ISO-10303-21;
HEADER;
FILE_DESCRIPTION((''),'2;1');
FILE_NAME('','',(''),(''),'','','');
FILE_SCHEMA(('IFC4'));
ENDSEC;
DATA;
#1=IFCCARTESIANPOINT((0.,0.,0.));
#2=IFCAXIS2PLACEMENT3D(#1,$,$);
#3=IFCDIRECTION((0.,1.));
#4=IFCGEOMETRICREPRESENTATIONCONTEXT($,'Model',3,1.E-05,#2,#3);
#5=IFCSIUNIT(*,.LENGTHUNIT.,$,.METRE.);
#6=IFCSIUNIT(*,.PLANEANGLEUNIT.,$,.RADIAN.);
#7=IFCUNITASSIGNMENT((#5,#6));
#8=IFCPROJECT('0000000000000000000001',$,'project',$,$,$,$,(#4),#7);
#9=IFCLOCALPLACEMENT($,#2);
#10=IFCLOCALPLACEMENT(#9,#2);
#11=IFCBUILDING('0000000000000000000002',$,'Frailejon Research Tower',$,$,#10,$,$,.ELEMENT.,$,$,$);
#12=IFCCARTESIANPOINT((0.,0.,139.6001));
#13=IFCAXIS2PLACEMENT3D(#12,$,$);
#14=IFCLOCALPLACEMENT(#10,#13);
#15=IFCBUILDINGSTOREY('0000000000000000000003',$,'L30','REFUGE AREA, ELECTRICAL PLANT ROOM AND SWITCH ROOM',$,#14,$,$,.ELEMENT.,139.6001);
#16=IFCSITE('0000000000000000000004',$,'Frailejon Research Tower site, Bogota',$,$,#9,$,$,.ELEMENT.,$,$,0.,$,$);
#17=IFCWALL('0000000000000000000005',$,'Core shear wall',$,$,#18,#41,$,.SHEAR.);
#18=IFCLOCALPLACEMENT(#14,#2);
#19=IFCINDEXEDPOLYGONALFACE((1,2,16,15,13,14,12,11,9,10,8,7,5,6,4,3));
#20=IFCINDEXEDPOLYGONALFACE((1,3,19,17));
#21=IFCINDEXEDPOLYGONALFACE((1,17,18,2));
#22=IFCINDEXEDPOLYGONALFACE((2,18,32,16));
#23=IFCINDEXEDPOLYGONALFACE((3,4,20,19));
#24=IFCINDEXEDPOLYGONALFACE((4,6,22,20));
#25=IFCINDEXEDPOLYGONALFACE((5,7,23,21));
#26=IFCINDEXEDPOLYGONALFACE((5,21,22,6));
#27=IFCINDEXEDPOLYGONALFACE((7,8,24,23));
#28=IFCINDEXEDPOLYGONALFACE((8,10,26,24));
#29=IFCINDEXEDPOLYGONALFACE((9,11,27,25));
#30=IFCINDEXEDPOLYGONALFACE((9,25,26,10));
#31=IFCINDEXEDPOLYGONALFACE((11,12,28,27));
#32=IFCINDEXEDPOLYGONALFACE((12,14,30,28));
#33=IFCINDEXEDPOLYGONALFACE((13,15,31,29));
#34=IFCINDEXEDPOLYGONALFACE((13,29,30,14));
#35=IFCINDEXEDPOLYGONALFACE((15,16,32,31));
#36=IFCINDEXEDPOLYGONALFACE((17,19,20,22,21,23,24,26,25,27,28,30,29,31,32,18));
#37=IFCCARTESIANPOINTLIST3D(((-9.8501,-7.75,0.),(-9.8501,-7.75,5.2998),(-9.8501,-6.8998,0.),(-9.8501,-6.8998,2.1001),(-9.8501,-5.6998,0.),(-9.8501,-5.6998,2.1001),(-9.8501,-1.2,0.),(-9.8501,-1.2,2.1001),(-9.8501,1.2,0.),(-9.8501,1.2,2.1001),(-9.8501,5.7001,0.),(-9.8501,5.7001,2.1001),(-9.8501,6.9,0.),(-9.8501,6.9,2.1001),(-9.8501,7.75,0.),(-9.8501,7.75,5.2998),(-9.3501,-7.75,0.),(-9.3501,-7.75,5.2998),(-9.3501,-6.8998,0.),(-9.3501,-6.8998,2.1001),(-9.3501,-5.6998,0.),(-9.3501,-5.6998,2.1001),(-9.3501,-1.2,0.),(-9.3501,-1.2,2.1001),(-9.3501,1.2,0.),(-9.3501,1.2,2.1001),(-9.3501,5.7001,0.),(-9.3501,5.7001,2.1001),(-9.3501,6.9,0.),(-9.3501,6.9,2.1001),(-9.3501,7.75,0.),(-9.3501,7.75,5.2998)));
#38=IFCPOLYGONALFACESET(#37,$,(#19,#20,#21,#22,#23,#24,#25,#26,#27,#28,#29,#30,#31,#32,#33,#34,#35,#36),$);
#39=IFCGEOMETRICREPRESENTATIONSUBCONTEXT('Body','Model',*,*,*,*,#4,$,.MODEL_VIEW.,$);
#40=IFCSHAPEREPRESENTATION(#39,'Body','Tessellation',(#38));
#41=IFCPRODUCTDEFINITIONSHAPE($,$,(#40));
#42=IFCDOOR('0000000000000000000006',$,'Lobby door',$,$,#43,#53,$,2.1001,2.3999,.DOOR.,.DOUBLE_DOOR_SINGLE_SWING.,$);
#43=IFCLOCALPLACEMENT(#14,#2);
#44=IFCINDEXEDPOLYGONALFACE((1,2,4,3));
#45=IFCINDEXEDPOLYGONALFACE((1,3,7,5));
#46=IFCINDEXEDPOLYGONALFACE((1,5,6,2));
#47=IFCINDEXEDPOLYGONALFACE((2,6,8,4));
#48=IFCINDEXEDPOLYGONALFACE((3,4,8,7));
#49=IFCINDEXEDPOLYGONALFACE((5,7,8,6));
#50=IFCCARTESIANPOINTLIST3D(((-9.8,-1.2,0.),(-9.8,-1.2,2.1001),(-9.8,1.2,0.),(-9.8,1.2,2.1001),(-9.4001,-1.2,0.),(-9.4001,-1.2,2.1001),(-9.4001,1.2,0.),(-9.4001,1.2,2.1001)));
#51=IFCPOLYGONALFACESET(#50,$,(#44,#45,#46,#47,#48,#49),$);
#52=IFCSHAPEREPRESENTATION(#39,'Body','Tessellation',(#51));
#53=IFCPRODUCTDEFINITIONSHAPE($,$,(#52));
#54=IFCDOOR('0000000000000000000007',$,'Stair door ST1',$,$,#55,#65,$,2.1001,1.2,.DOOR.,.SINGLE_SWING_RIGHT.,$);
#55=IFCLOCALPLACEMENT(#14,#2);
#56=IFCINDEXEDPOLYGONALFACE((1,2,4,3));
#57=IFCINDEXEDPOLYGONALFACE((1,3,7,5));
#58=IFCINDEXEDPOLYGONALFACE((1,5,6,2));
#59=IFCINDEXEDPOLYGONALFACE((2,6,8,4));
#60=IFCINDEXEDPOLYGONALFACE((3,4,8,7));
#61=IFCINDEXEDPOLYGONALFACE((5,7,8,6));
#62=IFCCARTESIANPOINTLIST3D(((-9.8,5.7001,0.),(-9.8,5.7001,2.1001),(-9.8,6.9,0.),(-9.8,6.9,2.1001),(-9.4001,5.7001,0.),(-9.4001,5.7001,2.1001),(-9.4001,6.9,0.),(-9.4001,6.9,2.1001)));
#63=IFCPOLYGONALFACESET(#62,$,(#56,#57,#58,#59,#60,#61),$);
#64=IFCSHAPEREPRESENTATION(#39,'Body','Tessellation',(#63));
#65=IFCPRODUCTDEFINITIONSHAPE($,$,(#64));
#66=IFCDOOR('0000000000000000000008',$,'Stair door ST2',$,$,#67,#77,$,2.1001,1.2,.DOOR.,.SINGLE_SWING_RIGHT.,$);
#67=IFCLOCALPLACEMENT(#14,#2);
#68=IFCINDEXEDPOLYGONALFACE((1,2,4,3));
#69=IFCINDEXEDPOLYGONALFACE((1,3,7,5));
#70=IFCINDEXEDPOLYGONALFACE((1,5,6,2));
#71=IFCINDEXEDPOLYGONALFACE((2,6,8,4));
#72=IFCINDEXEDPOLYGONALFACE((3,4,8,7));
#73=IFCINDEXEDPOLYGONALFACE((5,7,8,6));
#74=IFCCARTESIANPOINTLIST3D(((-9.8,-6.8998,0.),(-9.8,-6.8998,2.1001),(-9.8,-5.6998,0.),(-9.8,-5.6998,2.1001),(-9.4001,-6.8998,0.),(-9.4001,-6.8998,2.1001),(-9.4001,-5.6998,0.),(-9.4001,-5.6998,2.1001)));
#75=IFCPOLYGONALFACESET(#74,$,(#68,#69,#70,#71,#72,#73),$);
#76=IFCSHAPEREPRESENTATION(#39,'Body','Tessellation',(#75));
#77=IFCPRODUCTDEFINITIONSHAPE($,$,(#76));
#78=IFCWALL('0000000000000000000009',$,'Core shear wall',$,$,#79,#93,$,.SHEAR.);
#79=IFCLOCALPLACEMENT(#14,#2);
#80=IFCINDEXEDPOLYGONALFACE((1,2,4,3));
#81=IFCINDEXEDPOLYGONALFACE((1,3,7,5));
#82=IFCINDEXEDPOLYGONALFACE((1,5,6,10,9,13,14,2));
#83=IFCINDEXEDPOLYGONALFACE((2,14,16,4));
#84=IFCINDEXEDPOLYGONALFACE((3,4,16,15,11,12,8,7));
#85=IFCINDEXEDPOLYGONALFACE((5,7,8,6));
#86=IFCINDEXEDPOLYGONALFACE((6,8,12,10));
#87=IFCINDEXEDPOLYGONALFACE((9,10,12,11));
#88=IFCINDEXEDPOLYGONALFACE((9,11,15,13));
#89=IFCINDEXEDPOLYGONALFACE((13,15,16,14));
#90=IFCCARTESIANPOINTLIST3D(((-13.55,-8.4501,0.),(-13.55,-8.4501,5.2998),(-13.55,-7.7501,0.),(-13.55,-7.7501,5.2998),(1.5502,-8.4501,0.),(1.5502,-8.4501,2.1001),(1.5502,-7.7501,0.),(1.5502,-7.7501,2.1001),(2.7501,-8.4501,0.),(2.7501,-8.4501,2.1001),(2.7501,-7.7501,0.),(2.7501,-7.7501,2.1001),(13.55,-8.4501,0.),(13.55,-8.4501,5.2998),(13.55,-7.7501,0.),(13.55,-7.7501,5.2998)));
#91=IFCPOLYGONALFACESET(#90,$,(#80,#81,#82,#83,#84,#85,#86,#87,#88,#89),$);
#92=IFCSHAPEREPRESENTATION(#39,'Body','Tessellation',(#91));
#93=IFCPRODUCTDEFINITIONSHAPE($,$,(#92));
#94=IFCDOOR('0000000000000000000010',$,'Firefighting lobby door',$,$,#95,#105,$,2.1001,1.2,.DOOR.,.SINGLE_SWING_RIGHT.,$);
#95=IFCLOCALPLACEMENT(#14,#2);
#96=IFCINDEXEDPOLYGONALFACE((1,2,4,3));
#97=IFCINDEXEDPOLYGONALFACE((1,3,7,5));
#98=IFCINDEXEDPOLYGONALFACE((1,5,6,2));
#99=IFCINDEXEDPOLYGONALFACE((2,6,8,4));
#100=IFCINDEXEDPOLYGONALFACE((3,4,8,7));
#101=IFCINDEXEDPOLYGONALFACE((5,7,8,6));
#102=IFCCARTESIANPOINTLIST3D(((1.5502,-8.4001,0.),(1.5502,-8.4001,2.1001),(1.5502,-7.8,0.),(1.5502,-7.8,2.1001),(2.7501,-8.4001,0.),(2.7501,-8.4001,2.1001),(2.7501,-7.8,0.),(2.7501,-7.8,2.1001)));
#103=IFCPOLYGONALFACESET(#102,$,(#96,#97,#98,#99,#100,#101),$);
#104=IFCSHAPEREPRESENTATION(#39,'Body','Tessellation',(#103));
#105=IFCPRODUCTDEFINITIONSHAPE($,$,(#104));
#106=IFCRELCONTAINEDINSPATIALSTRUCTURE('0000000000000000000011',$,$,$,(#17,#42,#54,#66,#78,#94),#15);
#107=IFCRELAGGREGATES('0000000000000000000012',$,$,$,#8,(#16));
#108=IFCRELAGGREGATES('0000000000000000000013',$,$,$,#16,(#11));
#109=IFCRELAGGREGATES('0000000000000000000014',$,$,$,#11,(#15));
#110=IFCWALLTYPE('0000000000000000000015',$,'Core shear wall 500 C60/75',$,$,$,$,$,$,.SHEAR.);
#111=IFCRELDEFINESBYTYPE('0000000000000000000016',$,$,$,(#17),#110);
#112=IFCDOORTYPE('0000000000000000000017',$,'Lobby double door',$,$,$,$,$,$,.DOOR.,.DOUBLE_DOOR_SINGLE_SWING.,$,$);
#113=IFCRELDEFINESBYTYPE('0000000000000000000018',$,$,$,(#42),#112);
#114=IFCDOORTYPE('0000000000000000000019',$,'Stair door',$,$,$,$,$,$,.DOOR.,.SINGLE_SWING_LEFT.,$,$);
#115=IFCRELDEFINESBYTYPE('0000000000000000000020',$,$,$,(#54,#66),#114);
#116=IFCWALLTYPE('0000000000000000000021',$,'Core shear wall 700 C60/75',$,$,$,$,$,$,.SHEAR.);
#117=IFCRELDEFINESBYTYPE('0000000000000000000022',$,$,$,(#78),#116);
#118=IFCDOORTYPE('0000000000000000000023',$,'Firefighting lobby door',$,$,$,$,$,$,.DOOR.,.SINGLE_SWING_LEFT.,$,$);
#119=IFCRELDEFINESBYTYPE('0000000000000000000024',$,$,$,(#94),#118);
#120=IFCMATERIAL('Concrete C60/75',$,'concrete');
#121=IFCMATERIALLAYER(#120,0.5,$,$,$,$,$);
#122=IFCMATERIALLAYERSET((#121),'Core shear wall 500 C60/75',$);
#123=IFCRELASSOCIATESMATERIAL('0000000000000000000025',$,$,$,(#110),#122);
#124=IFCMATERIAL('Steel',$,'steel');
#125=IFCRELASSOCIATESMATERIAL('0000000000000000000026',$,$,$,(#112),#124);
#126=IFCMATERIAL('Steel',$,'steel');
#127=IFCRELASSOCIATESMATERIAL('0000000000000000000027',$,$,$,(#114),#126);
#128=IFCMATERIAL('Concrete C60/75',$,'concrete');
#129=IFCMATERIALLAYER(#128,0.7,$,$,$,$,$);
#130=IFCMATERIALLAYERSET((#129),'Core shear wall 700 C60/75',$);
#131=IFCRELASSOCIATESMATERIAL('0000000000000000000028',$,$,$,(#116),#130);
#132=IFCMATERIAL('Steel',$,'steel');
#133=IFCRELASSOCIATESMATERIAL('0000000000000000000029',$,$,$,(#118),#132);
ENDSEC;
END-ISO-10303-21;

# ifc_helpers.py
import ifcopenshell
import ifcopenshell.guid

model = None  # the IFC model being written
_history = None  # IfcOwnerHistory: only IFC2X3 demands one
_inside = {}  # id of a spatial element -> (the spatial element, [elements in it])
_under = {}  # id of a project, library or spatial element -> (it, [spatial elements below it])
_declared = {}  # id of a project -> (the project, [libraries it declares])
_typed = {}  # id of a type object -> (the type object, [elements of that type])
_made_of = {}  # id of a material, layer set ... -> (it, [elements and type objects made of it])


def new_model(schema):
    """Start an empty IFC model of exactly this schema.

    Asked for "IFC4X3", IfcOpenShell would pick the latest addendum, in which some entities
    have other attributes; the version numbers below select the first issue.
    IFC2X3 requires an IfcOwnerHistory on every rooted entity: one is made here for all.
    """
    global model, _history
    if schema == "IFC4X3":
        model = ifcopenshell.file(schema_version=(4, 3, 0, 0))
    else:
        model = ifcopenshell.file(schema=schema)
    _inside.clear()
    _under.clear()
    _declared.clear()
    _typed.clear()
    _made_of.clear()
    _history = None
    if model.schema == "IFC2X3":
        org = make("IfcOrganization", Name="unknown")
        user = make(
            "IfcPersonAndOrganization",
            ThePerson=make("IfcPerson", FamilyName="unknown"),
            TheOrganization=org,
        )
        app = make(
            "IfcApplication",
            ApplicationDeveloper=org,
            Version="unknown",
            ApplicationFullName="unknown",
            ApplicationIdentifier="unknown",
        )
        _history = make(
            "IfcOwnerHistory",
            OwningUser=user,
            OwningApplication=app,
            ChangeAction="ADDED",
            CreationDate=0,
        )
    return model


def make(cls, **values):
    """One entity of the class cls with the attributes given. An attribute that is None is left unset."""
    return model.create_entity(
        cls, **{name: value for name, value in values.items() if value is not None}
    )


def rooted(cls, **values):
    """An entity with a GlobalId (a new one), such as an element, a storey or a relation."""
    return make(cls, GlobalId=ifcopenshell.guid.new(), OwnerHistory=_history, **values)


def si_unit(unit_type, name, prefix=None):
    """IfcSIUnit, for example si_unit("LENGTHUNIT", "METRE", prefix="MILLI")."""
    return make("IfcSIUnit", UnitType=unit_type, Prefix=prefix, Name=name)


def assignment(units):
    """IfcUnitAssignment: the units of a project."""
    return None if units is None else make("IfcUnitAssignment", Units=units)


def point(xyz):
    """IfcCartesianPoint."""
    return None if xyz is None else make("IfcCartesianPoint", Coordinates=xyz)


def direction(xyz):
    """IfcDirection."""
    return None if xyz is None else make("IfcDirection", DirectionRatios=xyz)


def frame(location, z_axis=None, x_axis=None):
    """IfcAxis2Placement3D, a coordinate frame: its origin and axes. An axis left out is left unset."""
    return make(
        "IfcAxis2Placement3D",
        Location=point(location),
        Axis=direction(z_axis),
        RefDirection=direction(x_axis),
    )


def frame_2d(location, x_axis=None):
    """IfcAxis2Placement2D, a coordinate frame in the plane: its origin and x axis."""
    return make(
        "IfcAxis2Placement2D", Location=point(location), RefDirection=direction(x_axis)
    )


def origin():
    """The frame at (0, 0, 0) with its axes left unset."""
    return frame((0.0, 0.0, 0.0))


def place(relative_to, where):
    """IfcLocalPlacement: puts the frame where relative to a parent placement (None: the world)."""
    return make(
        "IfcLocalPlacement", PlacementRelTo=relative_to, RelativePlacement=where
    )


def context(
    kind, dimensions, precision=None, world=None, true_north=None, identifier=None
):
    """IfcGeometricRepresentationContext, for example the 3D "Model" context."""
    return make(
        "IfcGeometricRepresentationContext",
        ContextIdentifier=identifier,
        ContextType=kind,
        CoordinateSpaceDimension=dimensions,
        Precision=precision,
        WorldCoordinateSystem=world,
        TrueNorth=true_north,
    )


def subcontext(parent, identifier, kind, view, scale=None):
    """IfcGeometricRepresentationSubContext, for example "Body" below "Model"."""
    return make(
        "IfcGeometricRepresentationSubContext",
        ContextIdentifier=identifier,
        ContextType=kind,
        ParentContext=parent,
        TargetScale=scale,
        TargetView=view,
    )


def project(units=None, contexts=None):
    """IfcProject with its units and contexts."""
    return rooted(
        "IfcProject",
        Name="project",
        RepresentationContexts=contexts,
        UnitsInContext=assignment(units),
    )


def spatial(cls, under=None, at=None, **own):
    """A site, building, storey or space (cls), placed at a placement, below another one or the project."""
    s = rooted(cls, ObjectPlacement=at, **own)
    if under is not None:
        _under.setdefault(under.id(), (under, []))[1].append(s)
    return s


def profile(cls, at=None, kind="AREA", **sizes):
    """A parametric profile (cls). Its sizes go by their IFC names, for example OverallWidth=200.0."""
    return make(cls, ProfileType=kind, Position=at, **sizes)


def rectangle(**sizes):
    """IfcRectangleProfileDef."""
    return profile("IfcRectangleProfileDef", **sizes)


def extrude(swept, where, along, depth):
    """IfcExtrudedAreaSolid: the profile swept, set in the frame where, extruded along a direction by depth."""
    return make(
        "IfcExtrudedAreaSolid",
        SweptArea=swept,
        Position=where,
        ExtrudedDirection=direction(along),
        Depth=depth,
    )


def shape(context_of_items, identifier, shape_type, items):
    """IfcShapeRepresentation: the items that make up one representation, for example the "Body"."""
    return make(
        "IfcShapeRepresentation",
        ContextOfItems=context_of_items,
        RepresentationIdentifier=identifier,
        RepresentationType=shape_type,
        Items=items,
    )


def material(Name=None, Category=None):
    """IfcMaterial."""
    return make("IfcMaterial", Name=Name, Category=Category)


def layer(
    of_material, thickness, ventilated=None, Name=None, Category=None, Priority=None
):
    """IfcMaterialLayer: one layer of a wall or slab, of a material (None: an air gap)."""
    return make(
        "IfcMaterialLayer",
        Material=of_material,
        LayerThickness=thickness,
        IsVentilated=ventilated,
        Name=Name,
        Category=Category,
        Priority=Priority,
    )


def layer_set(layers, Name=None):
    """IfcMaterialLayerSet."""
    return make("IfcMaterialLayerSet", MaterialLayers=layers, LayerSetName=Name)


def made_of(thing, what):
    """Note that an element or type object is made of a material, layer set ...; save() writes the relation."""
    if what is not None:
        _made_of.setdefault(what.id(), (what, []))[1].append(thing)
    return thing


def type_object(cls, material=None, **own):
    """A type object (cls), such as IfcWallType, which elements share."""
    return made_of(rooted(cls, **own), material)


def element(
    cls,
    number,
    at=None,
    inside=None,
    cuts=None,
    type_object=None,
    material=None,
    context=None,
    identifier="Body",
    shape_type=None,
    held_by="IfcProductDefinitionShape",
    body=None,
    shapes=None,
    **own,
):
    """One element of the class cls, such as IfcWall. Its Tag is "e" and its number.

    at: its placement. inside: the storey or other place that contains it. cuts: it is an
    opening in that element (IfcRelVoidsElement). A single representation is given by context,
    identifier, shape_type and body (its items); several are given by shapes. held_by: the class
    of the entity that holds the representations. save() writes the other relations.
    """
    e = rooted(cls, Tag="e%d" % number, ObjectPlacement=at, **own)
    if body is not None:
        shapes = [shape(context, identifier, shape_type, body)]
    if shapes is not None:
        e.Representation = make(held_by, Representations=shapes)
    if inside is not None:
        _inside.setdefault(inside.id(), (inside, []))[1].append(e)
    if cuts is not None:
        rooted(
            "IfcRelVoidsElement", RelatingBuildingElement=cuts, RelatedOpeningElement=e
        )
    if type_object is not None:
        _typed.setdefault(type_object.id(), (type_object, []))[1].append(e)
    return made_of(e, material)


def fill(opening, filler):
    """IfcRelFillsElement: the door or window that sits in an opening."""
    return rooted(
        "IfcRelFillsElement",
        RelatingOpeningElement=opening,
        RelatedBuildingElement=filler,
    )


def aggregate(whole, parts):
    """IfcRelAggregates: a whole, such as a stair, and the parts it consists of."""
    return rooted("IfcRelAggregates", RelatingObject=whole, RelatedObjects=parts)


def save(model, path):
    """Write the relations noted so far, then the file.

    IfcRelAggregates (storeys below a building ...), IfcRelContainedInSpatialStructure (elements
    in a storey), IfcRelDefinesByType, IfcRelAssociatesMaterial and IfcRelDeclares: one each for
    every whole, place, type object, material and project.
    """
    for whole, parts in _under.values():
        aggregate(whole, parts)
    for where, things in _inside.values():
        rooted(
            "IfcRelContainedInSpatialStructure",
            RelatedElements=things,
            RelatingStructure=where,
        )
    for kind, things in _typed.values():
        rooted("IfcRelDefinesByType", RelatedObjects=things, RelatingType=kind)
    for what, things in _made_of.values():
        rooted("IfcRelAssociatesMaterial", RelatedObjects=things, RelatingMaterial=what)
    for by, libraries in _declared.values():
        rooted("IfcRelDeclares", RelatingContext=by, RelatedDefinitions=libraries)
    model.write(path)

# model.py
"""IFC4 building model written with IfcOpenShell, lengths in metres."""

from ifc_helpers import new_model, si_unit, direction, frame, frame_2d, origin, place, context, subcontext, project, spatial, rectangle, extrude, material, layer, layer_set, type_object, element, fill, save


model = new_model("IFC4")

# Units and contexts
model_context = context("Model", 3, precision=1e-05, world=origin(), true_north=direction((0.0, 1.0)))
body_context = subcontext(model_context, "Body", "Model", "MODEL_VIEW")
ifc_project = project(units=[si_unit("LENGTHUNIT", "METRE"), si_unit("PLANEANGLEUNIT", "RADIAN")], contexts=[model_context])

# Site, building, storey
site_placement = place(None, origin())
site = spatial("IfcSite", under=ifc_project, at=site_placement, Name="Frailejon Research Tower site, Bogota", CompositionType="ELEMENT", RefElevation=0.0)
building_placement = place(site_placement, origin())
building = spatial("IfcBuilding", under=site, at=building_placement, Name="Frailejon Research Tower", CompositionType="ELEMENT")
storey_placement = place(building_placement, frame((0.0, 0.0, 139.6001)))
storey = spatial("IfcBuildingStorey", under=building, at=storey_placement, Name="L30", Description="REFUGE AREA, ELECTRICAL PLANT ROOM AND SWITCH ROOM", CompositionType="ELEMENT", Elevation=139.6001)

# Wall, openings, doors
ifc_material_1 = material(Name="Concrete C60/75", Category="concrete")
ifc_layer_1 = layer(ifc_material_1, 0.5)
ifc_layer_set_1 = layer_set([ifc_layer_1], Name="Core shear wall 500 C60/75")
wall_type_1 = type_object("IfcWallType", Name="Core shear wall 500 C60/75", PredefinedType="SHEAR", material=ifc_layer_set_1)
wall_1_placement = place(storey_placement, frame((-9.6001, -7.75, 0.0), z_axis=(0.0, 0.0, 1.0), x_axis=(0.0, 1.0, 0.0)))
wall_1 = element("IfcWall", 1, at=wall_1_placement, inside=storey, type_object=wall_type_1, Name="Core shear wall", PredefinedType="SHEAR", context=body_context, shape_type="SweptSolid", body=[
    extrude(rectangle(XDim=15.5, YDim=0.5, at=frame_2d((7.75, 0.0))), origin(), (0.0, 0.0, 1.0), 5.2998),
])
opening_1_placement = place(wall_1_placement, frame((6.55, 0.0, 0.0)))
opening_1 = element("IfcOpeningElement", 2, at=opening_1_placement, cuts=wall_1, PredefinedType="OPENING", context=body_context, shape_type="SweptSolid", body=[
    extrude(rectangle(XDim=2.3999, YDim=2.1001, at=frame_2d((1.2, 1.05))), frame((0.0, 0.26, 0.0), z_axis=(0.0, -1.0, 0.0), x_axis=(1.0, 0.0, 0.0)), (0.0, 0.0, 1.0), 0.52),
])
opening_2_placement = place(wall_1_placement, frame((13.45, 0.0, 0.0)))
opening_2 = element("IfcOpeningElement", 3, at=opening_2_placement, cuts=wall_1, PredefinedType="OPENING", context=body_context, shape_type="SweptSolid", body=[
    extrude(rectangle(XDim=1.2, YDim=2.1001, at=frame_2d((0.6001, 1.05))), frame((0.0, 0.26, 0.0), z_axis=(0.0, -1.0, 0.0), x_axis=(1.0, 0.0, 0.0)), (0.0, 0.0, 1.0), 0.52),
])
opening_3_placement = place(wall_1_placement, frame((0.8501, 0.0, 0.0)))
opening_3 = element("IfcOpeningElement", 4, at=opening_3_placement, cuts=wall_1, PredefinedType="OPENING", context=body_context, shape_type="SweptSolid", body=[
    extrude(rectangle(XDim=1.2, YDim=2.1001, at=frame_2d((0.6001, 1.05))), frame((0.0, 0.26, 0.0), z_axis=(0.0, -1.0, 0.0), x_axis=(1.0, 0.0, 0.0)), (0.0, 0.0, 1.0), 0.52),
])
ifc_material_2 = material(Name="Steel", Category="steel")
door_type_1 = type_object("IfcDoorType", Name="Lobby double door", OperationType="DOUBLE_DOOR_SINGLE_SWING", PredefinedType="DOOR", material=ifc_material_2)
door_1_placement = place(opening_1_placement, origin())
door_1 = element("IfcDoor", 5, at=door_1_placement, inside=storey, type_object=door_type_1, Name="Lobby door", OperationType="DOUBLE_DOOR_SINGLE_SWING", OverallHeight=2.1001, OverallWidth=2.3999, PredefinedType="DOOR", context=body_context, shape_type="SweptSolid", body=[
    extrude(rectangle(XDim=2.3999, YDim=2.1001, at=frame_2d((1.2, 1.05))), frame((0.0, 0.2, 0.0), z_axis=(0.0, -1.0, 0.0), x_axis=(1.0, 0.0, 0.0)), (0.0, 0.0, 1.0), 0.3999),
])
fill(opening_1, door_1)
ifc_material_3 = material(Name="Steel", Category="steel")
door_type_2 = type_object("IfcDoorType", Name="Stair door", OperationType="SINGLE_SWING_LEFT", PredefinedType="DOOR", material=ifc_material_3)
door_2_placement = place(opening_2_placement, origin())
door_2 = element("IfcDoor", 6, at=door_2_placement, inside=storey, type_object=door_type_2, Name="Stair door ST1", OperationType="SINGLE_SWING_RIGHT", OverallHeight=2.1001, OverallWidth=1.2, PredefinedType="DOOR", context=body_context, shape_type="SweptSolid", body=[
    extrude(rectangle(XDim=1.2, YDim=2.1001, at=frame_2d((0.6001, 1.05))), frame((0.0, 0.2, 0.0), z_axis=(0.0, -1.0, 0.0), x_axis=(1.0, 0.0, 0.0)), (0.0, 0.0, 1.0), 0.3999),
])
fill(opening_2, door_2)
door_3_placement = place(opening_3_placement, origin())
door_3 = element("IfcDoor", 7, at=door_3_placement, inside=storey, type_object=door_type_2, Name="Stair door ST2", OperationType="SINGLE_SWING_RIGHT", OverallHeight=2.1001, OverallWidth=1.2, PredefinedType="DOOR", context=body_context, shape_type="SweptSolid", body=[
    extrude(rectangle(XDim=1.2, YDim=2.1001, at=frame_2d((0.6001, 1.05))), frame((0.0, 0.2, 0.0), z_axis=(0.0, -1.0, 0.0), x_axis=(1.0, 0.0, 0.0)), (0.0, 0.0, 1.0), 0.3999),
])
fill(opening_3, door_3)

# Wall, opening, door
ifc_material_4 = material(Name="Concrete C60/75", Category="concrete")
ifc_layer_2 = layer(ifc_material_4, 0.7)
ifc_layer_set_2 = layer_set([ifc_layer_2], Name="Core shear wall 700 C60/75")
wall_type_2 = type_object("IfcWallType", Name="Core shear wall 700 C60/75", PredefinedType="SHEAR", material=ifc_layer_set_2)
wall_2_placement = place(storey_placement, frame((-13.55, -8.1001, 0.0), z_axis=(0.0, 0.0, 1.0), x_axis=(1.0, 0.0, 0.0)))
wall_2 = element("IfcWall", 8, at=wall_2_placement, inside=storey, type_object=wall_type_2, Name="Core shear wall", PredefinedType="SHEAR", context=body_context, shape_type="SweptSolid", body=[
    extrude(rectangle(XDim=27.1001, YDim=0.7, at=frame_2d((13.55, 0.0))), origin(), (0.0, 0.0, 1.0), 5.2998),
])
opening_4_placement = place(wall_2_placement, frame((15.1001, 0.0, 0.0)))
opening_4 = element("IfcOpeningElement", 9, at=opening_4_placement, cuts=wall_2, PredefinedType="OPENING", context=body_context, shape_type="SweptSolid", body=[
    extrude(rectangle(XDim=1.2, YDim=2.1001, at=frame_2d((0.6001, 1.05))), frame((0.0, 0.3599, 0.0), z_axis=(0.0, -1.0, 0.0), x_axis=(1.0, 0.0, 0.0)), (0.0, 0.0, 1.0), 0.72),
])
ifc_material_5 = material(Name="Steel", Category="steel")
door_type_3 = type_object("IfcDoorType", Name="Firefighting lobby door", OperationType="SINGLE_SWING_LEFT", PredefinedType="DOOR", material=ifc_material_5)
door_4_placement = place(opening_4_placement, origin())
door_4 = element("IfcDoor", 10, at=door_4_placement, inside=storey, type_object=door_type_3, Name="Firefighting lobby door", OperationType="SINGLE_SWING_RIGHT", OverallHeight=2.1001, OverallWidth=1.2, PredefinedType="DOOR", context=body_context, shape_type="SweptSolid", body=[
    extrude(rectangle(XDim=1.2, YDim=2.1001, at=frame_2d((0.6001, 1.05))), frame((0.0, 0.3, 0.0), z_axis=(0.0, -1.0, 0.0), x_axis=(1.0, 0.0, 0.0)), (0.0, 0.0, 1.0), 0.6001),
])
fill(opening_4, door_4)

save(model, "model.ifc")
